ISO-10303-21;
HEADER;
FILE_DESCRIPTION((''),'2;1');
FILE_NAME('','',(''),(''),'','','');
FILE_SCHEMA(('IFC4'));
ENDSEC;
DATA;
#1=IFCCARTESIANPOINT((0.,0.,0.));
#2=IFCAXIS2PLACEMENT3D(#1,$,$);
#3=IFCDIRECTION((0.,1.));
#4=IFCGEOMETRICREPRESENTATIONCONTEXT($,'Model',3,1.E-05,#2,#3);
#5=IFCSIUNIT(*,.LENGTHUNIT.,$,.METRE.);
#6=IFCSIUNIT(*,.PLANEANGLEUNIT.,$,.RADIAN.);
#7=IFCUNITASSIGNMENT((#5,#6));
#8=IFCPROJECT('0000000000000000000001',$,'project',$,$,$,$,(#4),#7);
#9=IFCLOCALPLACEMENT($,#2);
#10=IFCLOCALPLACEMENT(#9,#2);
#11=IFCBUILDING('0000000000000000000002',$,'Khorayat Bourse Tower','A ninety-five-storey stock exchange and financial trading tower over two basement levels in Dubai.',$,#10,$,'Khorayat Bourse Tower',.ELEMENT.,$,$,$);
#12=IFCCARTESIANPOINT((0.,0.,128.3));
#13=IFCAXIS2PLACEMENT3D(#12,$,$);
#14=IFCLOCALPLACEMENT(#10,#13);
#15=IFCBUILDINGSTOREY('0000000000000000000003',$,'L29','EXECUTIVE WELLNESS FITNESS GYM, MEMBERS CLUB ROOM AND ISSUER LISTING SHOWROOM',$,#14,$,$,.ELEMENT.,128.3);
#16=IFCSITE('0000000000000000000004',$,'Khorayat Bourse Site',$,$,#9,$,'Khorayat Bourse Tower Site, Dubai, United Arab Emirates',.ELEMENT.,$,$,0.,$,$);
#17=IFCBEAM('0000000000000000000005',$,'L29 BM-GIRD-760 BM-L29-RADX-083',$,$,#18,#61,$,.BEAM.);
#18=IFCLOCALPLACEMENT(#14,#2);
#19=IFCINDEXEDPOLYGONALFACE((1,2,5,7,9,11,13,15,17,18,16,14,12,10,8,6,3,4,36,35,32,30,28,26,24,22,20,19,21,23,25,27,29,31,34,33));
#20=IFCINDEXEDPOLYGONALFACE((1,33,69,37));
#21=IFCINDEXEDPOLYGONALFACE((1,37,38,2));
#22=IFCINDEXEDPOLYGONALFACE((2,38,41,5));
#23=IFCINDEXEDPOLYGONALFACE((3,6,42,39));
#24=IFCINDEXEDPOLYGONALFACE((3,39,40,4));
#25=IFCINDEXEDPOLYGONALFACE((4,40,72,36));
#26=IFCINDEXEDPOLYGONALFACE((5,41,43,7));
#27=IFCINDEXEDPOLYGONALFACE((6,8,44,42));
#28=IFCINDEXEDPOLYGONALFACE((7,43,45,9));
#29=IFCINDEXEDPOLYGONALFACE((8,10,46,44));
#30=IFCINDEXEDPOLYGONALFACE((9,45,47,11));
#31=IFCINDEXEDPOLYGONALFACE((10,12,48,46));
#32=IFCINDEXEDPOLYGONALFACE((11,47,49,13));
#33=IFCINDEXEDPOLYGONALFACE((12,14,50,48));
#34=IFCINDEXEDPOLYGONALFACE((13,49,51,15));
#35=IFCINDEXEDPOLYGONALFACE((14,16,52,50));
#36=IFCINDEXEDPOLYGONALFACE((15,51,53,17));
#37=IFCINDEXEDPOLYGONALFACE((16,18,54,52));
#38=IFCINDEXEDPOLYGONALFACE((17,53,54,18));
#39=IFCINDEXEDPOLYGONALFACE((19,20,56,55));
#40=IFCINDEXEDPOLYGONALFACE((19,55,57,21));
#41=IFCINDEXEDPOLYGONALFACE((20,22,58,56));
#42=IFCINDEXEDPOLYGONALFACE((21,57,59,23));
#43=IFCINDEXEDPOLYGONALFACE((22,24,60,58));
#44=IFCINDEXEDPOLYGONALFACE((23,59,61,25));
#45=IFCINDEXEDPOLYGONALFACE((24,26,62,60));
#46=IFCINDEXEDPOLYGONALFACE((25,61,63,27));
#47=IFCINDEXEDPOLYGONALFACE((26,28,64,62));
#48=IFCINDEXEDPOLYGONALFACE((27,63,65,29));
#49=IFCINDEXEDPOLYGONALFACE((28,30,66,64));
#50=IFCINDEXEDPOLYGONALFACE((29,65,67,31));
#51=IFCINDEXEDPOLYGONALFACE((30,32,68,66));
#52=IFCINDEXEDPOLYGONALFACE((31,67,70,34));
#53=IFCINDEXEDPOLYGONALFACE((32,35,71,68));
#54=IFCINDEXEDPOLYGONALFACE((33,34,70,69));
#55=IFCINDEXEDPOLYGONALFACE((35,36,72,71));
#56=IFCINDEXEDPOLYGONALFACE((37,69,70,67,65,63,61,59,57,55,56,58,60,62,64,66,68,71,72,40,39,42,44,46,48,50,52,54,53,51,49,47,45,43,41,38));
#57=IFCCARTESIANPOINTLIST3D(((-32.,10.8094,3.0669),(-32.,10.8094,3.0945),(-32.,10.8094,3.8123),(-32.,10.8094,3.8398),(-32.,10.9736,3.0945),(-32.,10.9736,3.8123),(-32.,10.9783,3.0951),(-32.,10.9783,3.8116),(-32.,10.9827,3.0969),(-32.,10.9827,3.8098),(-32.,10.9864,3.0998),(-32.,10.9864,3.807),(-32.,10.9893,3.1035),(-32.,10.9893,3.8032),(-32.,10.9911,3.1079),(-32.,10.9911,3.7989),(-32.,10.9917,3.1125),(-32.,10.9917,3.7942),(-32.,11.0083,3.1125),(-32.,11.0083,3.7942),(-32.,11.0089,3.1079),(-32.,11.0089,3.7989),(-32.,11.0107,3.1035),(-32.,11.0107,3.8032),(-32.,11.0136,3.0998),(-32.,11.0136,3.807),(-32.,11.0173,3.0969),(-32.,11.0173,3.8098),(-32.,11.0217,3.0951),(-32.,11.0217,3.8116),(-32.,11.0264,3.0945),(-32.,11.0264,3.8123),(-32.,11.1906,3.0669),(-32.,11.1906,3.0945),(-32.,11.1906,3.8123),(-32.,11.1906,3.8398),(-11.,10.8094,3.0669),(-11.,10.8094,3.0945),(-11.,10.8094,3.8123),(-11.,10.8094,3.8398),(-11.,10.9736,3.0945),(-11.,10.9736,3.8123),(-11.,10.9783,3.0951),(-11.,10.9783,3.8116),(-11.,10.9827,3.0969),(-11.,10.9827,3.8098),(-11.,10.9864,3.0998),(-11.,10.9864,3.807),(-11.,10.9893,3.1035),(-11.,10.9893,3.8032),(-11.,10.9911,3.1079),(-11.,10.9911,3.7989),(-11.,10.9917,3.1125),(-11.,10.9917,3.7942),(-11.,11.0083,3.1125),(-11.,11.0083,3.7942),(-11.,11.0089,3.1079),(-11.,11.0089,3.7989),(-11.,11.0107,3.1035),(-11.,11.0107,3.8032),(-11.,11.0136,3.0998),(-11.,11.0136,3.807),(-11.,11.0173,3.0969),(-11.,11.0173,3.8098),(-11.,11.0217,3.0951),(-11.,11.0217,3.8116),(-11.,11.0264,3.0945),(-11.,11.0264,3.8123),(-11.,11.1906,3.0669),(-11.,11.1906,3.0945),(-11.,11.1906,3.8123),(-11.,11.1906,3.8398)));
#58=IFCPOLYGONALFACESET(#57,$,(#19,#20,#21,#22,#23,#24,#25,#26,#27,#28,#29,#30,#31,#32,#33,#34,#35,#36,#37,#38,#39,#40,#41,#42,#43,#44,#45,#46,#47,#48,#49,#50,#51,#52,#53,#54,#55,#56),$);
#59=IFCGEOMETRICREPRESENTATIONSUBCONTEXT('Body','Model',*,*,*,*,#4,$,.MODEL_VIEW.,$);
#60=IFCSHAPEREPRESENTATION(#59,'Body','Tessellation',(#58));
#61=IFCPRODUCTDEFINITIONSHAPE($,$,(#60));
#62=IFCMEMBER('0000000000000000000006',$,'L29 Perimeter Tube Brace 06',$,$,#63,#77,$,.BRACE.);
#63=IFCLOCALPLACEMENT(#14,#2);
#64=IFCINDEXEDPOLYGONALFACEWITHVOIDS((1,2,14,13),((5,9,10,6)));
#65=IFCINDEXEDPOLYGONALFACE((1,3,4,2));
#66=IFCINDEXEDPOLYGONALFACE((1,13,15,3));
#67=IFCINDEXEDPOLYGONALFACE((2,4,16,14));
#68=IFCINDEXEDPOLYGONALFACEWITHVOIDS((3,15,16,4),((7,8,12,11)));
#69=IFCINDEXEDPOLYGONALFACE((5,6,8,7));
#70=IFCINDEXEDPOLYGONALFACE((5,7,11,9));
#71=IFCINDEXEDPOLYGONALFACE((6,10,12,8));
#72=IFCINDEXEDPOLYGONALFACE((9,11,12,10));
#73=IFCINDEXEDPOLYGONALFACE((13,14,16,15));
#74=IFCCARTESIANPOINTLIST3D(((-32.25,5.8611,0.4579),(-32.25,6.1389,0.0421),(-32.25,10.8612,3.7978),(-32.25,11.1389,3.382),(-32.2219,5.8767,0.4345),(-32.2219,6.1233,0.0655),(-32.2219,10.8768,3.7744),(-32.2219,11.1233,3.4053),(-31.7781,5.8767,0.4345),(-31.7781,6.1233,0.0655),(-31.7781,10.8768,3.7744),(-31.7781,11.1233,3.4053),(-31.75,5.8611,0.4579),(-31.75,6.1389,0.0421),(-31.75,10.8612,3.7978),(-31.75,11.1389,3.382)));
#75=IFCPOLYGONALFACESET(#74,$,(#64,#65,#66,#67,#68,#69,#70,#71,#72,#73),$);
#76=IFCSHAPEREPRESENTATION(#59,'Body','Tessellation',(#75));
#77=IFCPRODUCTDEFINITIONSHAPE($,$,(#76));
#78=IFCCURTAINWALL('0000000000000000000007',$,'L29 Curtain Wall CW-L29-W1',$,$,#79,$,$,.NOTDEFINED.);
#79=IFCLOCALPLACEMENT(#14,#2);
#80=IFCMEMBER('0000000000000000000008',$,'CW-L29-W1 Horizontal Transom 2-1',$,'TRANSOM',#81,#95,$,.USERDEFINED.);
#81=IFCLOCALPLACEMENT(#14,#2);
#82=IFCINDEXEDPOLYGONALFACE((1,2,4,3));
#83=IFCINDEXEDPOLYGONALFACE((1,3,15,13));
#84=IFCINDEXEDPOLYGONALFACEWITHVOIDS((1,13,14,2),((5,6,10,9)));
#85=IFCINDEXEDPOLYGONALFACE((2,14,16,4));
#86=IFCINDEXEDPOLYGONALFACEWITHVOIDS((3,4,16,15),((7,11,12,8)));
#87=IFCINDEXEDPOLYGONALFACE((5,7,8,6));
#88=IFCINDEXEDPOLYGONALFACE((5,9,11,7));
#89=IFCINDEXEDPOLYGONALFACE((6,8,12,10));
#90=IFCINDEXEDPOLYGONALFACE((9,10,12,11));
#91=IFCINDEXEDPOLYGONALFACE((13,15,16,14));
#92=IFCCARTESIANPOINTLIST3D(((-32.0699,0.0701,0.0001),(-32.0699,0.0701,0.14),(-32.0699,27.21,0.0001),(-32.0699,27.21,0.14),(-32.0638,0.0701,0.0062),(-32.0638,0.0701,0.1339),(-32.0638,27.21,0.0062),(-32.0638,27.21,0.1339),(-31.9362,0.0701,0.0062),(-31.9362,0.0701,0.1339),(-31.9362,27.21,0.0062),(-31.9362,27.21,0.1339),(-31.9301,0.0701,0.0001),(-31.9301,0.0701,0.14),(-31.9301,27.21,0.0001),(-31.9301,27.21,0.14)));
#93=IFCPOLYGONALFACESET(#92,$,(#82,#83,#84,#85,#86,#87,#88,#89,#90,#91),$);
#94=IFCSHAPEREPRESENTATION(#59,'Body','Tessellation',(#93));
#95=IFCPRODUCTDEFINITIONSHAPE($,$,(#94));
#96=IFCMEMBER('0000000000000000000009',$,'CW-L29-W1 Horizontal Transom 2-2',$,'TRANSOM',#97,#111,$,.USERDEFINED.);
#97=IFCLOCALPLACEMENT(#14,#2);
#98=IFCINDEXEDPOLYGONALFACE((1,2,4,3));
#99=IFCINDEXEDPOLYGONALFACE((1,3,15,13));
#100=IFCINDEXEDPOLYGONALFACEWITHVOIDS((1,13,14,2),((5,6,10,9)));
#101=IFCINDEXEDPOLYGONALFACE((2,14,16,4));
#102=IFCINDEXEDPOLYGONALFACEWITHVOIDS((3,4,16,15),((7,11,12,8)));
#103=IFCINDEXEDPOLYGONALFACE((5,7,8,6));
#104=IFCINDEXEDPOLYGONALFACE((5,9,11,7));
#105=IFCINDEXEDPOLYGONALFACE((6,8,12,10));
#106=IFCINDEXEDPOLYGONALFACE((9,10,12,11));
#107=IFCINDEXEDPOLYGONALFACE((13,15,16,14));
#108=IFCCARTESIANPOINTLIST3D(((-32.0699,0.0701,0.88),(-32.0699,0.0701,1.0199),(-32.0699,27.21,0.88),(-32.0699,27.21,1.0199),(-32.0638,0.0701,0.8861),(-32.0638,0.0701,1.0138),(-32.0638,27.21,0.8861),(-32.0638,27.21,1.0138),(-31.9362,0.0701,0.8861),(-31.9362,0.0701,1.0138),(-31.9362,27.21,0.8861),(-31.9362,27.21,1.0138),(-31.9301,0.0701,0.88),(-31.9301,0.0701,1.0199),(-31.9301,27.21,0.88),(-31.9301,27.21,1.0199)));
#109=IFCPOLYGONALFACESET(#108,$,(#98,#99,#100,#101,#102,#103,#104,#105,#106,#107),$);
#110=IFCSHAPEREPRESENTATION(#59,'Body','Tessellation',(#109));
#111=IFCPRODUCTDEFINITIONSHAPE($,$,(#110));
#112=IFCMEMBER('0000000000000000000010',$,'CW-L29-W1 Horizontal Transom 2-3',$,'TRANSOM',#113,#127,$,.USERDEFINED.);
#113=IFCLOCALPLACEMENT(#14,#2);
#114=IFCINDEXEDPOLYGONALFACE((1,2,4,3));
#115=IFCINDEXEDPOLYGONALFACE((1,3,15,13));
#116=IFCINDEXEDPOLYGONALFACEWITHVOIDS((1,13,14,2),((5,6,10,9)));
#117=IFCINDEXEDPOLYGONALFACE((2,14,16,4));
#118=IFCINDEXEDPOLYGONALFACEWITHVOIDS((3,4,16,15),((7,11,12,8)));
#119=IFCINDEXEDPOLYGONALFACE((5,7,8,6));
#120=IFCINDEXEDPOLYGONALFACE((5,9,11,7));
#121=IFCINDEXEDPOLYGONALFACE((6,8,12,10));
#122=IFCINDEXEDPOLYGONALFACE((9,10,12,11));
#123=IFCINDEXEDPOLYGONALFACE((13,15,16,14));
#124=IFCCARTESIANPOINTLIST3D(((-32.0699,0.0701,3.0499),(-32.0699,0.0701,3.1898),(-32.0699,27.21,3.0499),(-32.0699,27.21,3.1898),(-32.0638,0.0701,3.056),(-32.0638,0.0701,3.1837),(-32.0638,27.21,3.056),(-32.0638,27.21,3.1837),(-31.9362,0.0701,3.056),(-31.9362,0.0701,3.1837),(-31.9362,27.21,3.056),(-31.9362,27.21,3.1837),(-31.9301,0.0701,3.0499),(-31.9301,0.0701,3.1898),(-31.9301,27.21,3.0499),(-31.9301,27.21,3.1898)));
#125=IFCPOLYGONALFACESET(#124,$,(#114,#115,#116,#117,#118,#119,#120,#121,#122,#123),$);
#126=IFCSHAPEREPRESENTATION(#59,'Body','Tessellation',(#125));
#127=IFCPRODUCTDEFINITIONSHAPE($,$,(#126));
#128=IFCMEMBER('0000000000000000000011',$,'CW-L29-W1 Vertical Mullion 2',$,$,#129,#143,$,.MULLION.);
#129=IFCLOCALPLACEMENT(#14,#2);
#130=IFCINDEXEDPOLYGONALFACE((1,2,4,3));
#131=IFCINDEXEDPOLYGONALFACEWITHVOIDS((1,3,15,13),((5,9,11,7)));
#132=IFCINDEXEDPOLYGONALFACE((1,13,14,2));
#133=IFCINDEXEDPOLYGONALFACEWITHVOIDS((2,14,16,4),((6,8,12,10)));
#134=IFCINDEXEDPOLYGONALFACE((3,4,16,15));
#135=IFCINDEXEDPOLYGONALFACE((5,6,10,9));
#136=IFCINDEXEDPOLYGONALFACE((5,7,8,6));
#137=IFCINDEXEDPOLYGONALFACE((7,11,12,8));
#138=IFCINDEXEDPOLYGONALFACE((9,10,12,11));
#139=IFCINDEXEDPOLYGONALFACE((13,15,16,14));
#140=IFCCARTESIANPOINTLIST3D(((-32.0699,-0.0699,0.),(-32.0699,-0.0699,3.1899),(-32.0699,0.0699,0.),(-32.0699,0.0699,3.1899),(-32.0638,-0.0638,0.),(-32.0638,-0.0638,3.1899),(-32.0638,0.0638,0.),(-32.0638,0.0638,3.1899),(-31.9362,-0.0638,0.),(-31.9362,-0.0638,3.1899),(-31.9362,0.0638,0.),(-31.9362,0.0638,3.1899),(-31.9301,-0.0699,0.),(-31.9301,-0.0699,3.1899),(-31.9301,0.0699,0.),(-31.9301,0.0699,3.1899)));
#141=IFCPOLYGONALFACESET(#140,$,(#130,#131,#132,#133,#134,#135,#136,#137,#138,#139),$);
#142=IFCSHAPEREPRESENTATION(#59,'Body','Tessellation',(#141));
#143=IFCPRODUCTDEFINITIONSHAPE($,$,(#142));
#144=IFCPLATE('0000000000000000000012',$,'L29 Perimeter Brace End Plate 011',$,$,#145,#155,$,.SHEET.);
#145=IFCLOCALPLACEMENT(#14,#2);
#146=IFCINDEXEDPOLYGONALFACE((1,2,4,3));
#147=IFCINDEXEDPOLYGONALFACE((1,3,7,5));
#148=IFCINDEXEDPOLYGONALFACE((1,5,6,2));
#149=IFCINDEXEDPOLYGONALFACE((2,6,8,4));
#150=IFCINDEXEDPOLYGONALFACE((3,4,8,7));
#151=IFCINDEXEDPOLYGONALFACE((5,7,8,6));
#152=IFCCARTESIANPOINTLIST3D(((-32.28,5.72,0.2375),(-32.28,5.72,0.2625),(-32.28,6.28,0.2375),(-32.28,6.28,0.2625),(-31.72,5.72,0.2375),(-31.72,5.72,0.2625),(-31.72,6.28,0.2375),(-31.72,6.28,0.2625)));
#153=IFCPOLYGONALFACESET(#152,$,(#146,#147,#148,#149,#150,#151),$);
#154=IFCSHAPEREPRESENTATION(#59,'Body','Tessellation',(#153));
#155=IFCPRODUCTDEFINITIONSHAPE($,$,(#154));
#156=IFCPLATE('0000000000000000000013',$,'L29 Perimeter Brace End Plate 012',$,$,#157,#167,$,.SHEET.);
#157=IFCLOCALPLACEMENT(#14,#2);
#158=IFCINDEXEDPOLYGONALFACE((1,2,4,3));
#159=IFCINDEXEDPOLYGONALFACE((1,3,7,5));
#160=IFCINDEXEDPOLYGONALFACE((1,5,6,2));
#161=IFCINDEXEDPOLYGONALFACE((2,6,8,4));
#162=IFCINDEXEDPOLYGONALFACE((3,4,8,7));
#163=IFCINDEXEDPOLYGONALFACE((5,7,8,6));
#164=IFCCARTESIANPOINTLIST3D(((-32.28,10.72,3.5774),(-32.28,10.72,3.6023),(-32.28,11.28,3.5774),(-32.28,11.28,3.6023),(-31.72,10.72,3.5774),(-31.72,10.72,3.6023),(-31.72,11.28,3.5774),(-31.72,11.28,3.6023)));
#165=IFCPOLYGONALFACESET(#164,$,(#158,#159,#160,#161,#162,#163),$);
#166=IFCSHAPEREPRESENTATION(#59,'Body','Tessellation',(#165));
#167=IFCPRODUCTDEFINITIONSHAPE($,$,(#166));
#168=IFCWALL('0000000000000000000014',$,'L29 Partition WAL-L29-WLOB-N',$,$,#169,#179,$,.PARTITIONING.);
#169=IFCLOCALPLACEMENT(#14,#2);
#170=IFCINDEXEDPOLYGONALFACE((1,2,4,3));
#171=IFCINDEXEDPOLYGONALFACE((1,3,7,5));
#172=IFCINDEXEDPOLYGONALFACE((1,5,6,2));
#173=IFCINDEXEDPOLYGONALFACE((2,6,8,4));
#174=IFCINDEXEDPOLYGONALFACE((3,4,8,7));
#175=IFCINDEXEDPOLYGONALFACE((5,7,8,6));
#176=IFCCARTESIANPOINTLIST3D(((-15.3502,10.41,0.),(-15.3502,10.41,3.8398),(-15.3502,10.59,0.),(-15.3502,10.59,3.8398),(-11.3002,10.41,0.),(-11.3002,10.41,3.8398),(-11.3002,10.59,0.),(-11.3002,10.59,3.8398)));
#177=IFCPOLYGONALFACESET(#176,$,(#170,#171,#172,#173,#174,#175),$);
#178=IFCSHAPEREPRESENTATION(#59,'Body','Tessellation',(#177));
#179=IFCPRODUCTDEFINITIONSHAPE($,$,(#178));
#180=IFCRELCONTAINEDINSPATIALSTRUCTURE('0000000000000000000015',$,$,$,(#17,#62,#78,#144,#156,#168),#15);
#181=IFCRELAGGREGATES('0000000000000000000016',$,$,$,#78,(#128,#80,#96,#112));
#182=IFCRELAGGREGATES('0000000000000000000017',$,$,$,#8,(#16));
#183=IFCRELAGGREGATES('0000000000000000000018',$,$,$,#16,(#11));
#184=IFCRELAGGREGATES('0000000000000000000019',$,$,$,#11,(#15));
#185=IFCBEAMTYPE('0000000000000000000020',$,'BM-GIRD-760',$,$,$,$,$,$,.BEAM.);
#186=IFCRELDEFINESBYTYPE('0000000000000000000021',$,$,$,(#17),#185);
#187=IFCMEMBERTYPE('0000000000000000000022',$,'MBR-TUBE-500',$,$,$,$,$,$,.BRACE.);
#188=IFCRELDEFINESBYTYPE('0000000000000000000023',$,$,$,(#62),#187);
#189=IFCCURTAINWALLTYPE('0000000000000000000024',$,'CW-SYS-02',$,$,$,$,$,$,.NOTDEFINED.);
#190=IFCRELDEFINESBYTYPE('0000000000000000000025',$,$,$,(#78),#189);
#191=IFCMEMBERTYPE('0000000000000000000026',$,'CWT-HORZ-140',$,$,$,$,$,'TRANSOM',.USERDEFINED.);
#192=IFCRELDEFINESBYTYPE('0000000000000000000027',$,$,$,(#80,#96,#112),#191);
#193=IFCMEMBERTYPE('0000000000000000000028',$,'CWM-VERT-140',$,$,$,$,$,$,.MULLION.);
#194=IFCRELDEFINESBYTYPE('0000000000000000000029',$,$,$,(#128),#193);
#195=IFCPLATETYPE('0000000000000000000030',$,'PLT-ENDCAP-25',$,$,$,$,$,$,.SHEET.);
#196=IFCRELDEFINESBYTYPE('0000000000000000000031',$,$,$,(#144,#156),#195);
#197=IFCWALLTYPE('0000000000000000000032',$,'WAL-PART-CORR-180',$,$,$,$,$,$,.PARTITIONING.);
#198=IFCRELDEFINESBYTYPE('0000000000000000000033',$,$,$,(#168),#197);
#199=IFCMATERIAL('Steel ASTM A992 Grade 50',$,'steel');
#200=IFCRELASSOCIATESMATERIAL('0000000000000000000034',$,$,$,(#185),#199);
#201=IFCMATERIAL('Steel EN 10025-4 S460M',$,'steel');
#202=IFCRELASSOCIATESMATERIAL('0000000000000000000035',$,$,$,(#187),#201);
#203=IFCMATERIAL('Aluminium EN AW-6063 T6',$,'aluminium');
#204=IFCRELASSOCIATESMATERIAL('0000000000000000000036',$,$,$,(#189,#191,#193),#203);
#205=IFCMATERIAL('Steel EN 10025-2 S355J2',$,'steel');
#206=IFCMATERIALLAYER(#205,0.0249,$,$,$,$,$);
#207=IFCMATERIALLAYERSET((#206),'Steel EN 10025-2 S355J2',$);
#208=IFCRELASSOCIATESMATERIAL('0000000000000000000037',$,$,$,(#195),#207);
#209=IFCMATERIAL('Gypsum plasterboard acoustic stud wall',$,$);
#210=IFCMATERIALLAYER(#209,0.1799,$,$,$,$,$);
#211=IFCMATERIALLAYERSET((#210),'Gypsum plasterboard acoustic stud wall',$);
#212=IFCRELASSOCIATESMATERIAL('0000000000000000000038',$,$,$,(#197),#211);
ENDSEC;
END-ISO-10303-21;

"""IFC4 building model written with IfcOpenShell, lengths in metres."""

from ifc_helpers import new_model, si_unit, direction, frame, frame_2d, origin, origin_2d, place, context, subcontext, project, spatial, rectangle, hollow_rectangle, i_section, extrude, source, transform, mapped, material, layer, layer_set, material_profile, profile_set, type_object, element, aggregate, save


model = new_model("IFC4")

# Units and contexts
model_context = context("Model", 3, precision=1e-05, world=origin(), true_north=direction((0.0, 1.0)))
body_context = subcontext(model_context, "Body", "Model", "MODEL_VIEW")
ifc_project = project(units=[si_unit("LENGTHUNIT", "METRE"), si_unit("PLANEANGLEUNIT", "RADIAN")], contexts=[model_context])

# Site, building, storey
site_placement = place(None, origin())
site = spatial("IfcSite", under=ifc_project, at=site_placement, Name="Khorayat Bourse Site", LongName="Khorayat Bourse Tower Site, Dubai, United Arab Emirates", CompositionType="ELEMENT", RefElevation=0.0)
building_placement = place(site_placement, origin())
building = spatial("IfcBuilding", under=site, at=building_placement, Name="Khorayat Bourse Tower", Description="A ninety-five-storey stock exchange and financial trading tower over two basement levels in Dubai.", LongName="Khorayat Bourse Tower", CompositionType="ELEMENT")
storey_placement = place(building_placement, frame((0.0, 0.0, 128.3)))
storey = spatial("IfcBuildingStorey", under=building, at=storey_placement, Name="L29", Description="EXECUTIVE WELLNESS FITNESS GYM, MEMBERS CLUB ROOM AND ISSUER LISTING SHOWROOM", CompositionType="ELEMENT", Elevation=128.3)

# Shared definitions
ifc_material_1 = material(Name="Steel EN 10025-4 S460M", Category="steel")

# Beam
ifc_material_2 = material(Name="Steel ASTM A992 Grade 50", Category="steel")
ifc_material_profile_1 = material_profile(ifc_material_2, i_section(OverallWidth=0.3811, OverallDepth=0.7729, WebThickness=0.0166, FlangeThickness=0.0276, FilletRadius=0.0181, at=origin_2d()), Name="W760X257")
ifc_profile_set_1 = profile_set([ifc_material_profile_1], Name="Steel ASTM A992 Grade 50")
beam_type_1 = type_object("IfcBeamType", Name="BM-GIRD-760", PredefinedType="BEAM", material=ifc_profile_set_1)
shared_shape_1 = source(origin(), body_context, "Body", "SweptSolid", [
    extrude(i_section(OverallWidth=0.3811, OverallDepth=0.7729, WebThickness=0.0166, FlangeThickness=0.0276, FilletRadius=0.0181, at=origin_2d()), origin(), (0.0, 0.0, 1.0), 21.0),
])
for number, where, z_axis, x_axis, name in (
    (1, (-32.0, 11.0, 3.4534), (1.0, 0.0, 0.0), (0.0, 1.0, 0.0), "L29 BM-GIRD-760 BM-L29-RADX-083"),
):
    element("IfcBeam", number, at=place(storey_placement, frame(where, z_axis=z_axis, x_axis=x_axis)), inside=storey, type_object=beam_type_1, Name=name, PredefinedType="BEAM", context=body_context, shape_type="MappedRepresentation", body=[
        mapped(shared_shape_1, transform((0.0, 0.0, 0.0), scale=1.0)),
    ])

# Member
ifc_material_profile_2 = material_profile(ifc_material_1, hollow_rectangle(XDim=0.5, YDim=0.5, WallThickness=0.0281, at=origin_2d()), Name="HSS 500x500x28")
ifc_profile_set_2 = profile_set([ifc_material_profile_2], Name="Steel EN 10025-4 S460M")
member_type_1 = type_object("IfcMemberType", Name="MBR-TUBE-500", PredefinedType="BRACE", material=ifc_profile_set_2)
shared_shape_2 = source(origin(), body_context, "Body", "SweptSolid", [
    extrude(hollow_rectangle(XDim=0.5, YDim=0.5, WallThickness=0.0281, at=origin_2d()), origin(), (0.0, 0.0, 1.0), 6.0129),
])
member_1_placement = place(storey_placement, frame((-32.0, 6.0, 0.25), z_axis=(0.0, 0.83155, 0.55545), x_axis=(-1.0, 0.0, 0.0)))
element("IfcMember", 2, at=member_1_placement, inside=storey, type_object=member_type_1, Name="L29 Perimeter Tube Brace 06", PredefinedType="BRACE", context=body_context, shape_type="MappedRepresentation", body=[
    mapped(shared_shape_2, transform((0.0, 0.0, 0.0), scale=1.0)),
])

# Curtain wall, members
ifc_material_3 = material(Name="Aluminium EN AW-6063 T6", Category="aluminium")
curtain_wall_type = type_object("IfcCurtainWallType", Name="CW-SYS-02", PredefinedType="NOTDEFINED", material=ifc_material_3)
curtain_wall_placement = place(storey_placement, origin())
curtain_wall = element("IfcCurtainWall", 3, at=curtain_wall_placement, inside=storey, type_object=curtain_wall_type, Name="L29 Curtain Wall CW-L29-W1", PredefinedType="NOTDEFINED")
ifc_material_profile_3 = material_profile(ifc_material_3, hollow_rectangle(XDim=0.1399, YDim=0.1399, WallThickness=0.0061, at=origin_2d()), Name="ALU 140x140x6")
ifc_profile_set_3 = profile_set([ifc_material_profile_3], Name="Aluminium EN AW-6063 T6")
member_type_2 = type_object("IfcMemberType", Name="CWT-HORZ-140", ElementType="TRANSOM", PredefinedType="USERDEFINED", material=ifc_profile_set_3)
shared_shape_3 = source(origin(), body_context, "Body", "SweptSolid", [
    extrude(hollow_rectangle(XDim=0.1399, YDim=0.1399, WallThickness=0.0061, at=origin_2d()), origin(), (0.0, 0.0, 1.0), 27.1399),
])
member_2_placement = place(storey_placement, frame((-32.0, 0.0701, 0.0701), z_axis=(0.0, 1.0, 0.0), x_axis=(-1.0, 0.0, 0.0)))
member_2 = element("IfcMember", 4, at=member_2_placement, type_object=member_type_2, Name="CW-L29-W1 Horizontal Transom 2-1", ObjectType="TRANSOM", PredefinedType="USERDEFINED", context=body_context, shape_type="MappedRepresentation", body=[
    mapped(shared_shape_3, transform((0.0, 0.0, 0.0), scale=1.0)),
])
member_3_placement = place(storey_placement, frame((-32.0, 0.0701, 0.95), z_axis=(0.0, 1.0, 0.0), x_axis=(-1.0, 0.0, 0.0)))
member_3 = element("IfcMember", 5, at=member_3_placement, type_object=member_type_2, Name="CW-L29-W1 Horizontal Transom 2-2", ObjectType="TRANSOM", PredefinedType="USERDEFINED", context=body_context, shape_type="MappedRepresentation", body=[
    mapped(shared_shape_3, transform((0.0, 0.0, 0.0), scale=1.0)),
])
member_4_placement = place(storey_placement, frame((-32.0, 0.0701, 3.1199), z_axis=(0.0, 1.0, 0.0), x_axis=(-1.0, 0.0, 0.0)))
member_4 = element("IfcMember", 6, at=member_4_placement, type_object=member_type_2, Name="CW-L29-W1 Horizontal Transom 2-3", ObjectType="TRANSOM", PredefinedType="USERDEFINED", context=body_context, shape_type="MappedRepresentation", body=[
    mapped(shared_shape_3, transform((0.0, 0.0, 0.0), scale=1.0)),
])
ifc_material_profile_4 = material_profile(ifc_material_3, hollow_rectangle(XDim=0.1399, YDim=0.1399, WallThickness=0.0061, at=origin_2d()), Name="ALU 140x140x6")
ifc_profile_set_4 = profile_set([ifc_material_profile_4], Name="Aluminium EN AW-6063 T6")
member_type_3 = type_object("IfcMemberType", Name="CWM-VERT-140", PredefinedType="MULLION", material=ifc_profile_set_4)
shared_shape_4 = source(origin(), body_context, "Body", "SweptSolid", [
    extrude(hollow_rectangle(XDim=0.1399, YDim=0.1399, WallThickness=0.0061, at=origin_2d()), origin(), (0.0, 0.0, 1.0), 3.1899),
])
member_5_placement = place(storey_placement, frame((-32.0, 0.0, 0.0), z_axis=(0.0, 0.0, 1.0), x_axis=(-1.0, 0.0, 0.0)))
member_5 = element("IfcMember", 7, at=member_5_placement, type_object=member_type_3, Name="CW-L29-W1 Vertical Mullion 2", PredefinedType="MULLION", context=body_context, shape_type="MappedRepresentation", body=[
    mapped(shared_shape_4, transform((0.0, 0.0, 0.0), scale=1.0)),
])
aggregate(curtain_wall, [member_5, member_2, member_3, member_4])

# Plates
ifc_material_4 = material(Name="Steel EN 10025-2 S355J2", Category="steel")
ifc_layer_1 = layer(ifc_material_4, 0.0249)
ifc_layer_set_1 = layer_set([ifc_layer_1], Name="Steel EN 10025-2 S355J2")
plate_type = type_object("IfcPlateType", Name="PLT-ENDCAP-25", PredefinedType="SHEET", material=ifc_layer_set_1)
shared_shape_5 = source(origin(), body_context, "Body", "SweptSolid", [
    extrude(rectangle(XDim=0.5601, YDim=0.5601, at=origin_2d()), origin(), (0.0, 0.0, 1.0), 0.0249),
])
for number, where, z_axis, x_axis, name in (
    (8, (-32.0, 6.0, 0.2375), (0.0, 0.0, 1.0), (1.0, 0.0, 0.0), "L29 Perimeter Brace End Plate 011"),
    (9, (-32.0, 11.0, 3.5774), (0.0, 0.0, 1.0), (1.0, 0.0, 0.0), "L29 Perimeter Brace End Plate 012"),
):
    element("IfcPlate", number, at=place(storey_placement, frame(where, z_axis=z_axis, x_axis=x_axis)), inside=storey, type_object=plate_type, Name=name, PredefinedType="SHEET", context=body_context, shape_type="MappedRepresentation", body=[
        mapped(shared_shape_5, transform((0.0, 0.0, 0.0), scale=1.0)),
    ])

# Wall
ifc_material_5 = material(Name="Gypsum plasterboard acoustic stud wall")
ifc_layer_2 = layer(ifc_material_5, 0.1799)
ifc_layer_set_2 = layer_set([ifc_layer_2], Name="Gypsum plasterboard acoustic stud wall")
wall_type_1 = type_object("IfcWallType", Name="WAL-PART-CORR-180", PredefinedType="PARTITIONING", material=ifc_layer_set_2)
shared_shape_6 = source(origin(), body_context, "Body", "SweptSolid", [
    extrude(rectangle(XDim=4.05, YDim=0.1799, at=frame_2d((2.0249, 0.0))), origin(), (0.0, 0.0, 1.0), 3.8398),
])
wall_1_placement = place(storey_placement, frame((-15.3501, 10.5, 0.0), z_axis=(0.0, 0.0, 1.0), x_axis=(1.0, 0.0, 0.0)))
element("IfcWall", 10, at=wall_1_placement, inside=storey, type_object=wall_type_1, Name="L29 Partition WAL-L29-WLOB-N", PredefinedType="PARTITIONING", context=body_context, shape_type="MappedRepresentation", body=[
    mapped(shared_shape_6, transform((0.0, 0.0, 0.0), scale=1.0)),
])

save(model, "model.ifc")
